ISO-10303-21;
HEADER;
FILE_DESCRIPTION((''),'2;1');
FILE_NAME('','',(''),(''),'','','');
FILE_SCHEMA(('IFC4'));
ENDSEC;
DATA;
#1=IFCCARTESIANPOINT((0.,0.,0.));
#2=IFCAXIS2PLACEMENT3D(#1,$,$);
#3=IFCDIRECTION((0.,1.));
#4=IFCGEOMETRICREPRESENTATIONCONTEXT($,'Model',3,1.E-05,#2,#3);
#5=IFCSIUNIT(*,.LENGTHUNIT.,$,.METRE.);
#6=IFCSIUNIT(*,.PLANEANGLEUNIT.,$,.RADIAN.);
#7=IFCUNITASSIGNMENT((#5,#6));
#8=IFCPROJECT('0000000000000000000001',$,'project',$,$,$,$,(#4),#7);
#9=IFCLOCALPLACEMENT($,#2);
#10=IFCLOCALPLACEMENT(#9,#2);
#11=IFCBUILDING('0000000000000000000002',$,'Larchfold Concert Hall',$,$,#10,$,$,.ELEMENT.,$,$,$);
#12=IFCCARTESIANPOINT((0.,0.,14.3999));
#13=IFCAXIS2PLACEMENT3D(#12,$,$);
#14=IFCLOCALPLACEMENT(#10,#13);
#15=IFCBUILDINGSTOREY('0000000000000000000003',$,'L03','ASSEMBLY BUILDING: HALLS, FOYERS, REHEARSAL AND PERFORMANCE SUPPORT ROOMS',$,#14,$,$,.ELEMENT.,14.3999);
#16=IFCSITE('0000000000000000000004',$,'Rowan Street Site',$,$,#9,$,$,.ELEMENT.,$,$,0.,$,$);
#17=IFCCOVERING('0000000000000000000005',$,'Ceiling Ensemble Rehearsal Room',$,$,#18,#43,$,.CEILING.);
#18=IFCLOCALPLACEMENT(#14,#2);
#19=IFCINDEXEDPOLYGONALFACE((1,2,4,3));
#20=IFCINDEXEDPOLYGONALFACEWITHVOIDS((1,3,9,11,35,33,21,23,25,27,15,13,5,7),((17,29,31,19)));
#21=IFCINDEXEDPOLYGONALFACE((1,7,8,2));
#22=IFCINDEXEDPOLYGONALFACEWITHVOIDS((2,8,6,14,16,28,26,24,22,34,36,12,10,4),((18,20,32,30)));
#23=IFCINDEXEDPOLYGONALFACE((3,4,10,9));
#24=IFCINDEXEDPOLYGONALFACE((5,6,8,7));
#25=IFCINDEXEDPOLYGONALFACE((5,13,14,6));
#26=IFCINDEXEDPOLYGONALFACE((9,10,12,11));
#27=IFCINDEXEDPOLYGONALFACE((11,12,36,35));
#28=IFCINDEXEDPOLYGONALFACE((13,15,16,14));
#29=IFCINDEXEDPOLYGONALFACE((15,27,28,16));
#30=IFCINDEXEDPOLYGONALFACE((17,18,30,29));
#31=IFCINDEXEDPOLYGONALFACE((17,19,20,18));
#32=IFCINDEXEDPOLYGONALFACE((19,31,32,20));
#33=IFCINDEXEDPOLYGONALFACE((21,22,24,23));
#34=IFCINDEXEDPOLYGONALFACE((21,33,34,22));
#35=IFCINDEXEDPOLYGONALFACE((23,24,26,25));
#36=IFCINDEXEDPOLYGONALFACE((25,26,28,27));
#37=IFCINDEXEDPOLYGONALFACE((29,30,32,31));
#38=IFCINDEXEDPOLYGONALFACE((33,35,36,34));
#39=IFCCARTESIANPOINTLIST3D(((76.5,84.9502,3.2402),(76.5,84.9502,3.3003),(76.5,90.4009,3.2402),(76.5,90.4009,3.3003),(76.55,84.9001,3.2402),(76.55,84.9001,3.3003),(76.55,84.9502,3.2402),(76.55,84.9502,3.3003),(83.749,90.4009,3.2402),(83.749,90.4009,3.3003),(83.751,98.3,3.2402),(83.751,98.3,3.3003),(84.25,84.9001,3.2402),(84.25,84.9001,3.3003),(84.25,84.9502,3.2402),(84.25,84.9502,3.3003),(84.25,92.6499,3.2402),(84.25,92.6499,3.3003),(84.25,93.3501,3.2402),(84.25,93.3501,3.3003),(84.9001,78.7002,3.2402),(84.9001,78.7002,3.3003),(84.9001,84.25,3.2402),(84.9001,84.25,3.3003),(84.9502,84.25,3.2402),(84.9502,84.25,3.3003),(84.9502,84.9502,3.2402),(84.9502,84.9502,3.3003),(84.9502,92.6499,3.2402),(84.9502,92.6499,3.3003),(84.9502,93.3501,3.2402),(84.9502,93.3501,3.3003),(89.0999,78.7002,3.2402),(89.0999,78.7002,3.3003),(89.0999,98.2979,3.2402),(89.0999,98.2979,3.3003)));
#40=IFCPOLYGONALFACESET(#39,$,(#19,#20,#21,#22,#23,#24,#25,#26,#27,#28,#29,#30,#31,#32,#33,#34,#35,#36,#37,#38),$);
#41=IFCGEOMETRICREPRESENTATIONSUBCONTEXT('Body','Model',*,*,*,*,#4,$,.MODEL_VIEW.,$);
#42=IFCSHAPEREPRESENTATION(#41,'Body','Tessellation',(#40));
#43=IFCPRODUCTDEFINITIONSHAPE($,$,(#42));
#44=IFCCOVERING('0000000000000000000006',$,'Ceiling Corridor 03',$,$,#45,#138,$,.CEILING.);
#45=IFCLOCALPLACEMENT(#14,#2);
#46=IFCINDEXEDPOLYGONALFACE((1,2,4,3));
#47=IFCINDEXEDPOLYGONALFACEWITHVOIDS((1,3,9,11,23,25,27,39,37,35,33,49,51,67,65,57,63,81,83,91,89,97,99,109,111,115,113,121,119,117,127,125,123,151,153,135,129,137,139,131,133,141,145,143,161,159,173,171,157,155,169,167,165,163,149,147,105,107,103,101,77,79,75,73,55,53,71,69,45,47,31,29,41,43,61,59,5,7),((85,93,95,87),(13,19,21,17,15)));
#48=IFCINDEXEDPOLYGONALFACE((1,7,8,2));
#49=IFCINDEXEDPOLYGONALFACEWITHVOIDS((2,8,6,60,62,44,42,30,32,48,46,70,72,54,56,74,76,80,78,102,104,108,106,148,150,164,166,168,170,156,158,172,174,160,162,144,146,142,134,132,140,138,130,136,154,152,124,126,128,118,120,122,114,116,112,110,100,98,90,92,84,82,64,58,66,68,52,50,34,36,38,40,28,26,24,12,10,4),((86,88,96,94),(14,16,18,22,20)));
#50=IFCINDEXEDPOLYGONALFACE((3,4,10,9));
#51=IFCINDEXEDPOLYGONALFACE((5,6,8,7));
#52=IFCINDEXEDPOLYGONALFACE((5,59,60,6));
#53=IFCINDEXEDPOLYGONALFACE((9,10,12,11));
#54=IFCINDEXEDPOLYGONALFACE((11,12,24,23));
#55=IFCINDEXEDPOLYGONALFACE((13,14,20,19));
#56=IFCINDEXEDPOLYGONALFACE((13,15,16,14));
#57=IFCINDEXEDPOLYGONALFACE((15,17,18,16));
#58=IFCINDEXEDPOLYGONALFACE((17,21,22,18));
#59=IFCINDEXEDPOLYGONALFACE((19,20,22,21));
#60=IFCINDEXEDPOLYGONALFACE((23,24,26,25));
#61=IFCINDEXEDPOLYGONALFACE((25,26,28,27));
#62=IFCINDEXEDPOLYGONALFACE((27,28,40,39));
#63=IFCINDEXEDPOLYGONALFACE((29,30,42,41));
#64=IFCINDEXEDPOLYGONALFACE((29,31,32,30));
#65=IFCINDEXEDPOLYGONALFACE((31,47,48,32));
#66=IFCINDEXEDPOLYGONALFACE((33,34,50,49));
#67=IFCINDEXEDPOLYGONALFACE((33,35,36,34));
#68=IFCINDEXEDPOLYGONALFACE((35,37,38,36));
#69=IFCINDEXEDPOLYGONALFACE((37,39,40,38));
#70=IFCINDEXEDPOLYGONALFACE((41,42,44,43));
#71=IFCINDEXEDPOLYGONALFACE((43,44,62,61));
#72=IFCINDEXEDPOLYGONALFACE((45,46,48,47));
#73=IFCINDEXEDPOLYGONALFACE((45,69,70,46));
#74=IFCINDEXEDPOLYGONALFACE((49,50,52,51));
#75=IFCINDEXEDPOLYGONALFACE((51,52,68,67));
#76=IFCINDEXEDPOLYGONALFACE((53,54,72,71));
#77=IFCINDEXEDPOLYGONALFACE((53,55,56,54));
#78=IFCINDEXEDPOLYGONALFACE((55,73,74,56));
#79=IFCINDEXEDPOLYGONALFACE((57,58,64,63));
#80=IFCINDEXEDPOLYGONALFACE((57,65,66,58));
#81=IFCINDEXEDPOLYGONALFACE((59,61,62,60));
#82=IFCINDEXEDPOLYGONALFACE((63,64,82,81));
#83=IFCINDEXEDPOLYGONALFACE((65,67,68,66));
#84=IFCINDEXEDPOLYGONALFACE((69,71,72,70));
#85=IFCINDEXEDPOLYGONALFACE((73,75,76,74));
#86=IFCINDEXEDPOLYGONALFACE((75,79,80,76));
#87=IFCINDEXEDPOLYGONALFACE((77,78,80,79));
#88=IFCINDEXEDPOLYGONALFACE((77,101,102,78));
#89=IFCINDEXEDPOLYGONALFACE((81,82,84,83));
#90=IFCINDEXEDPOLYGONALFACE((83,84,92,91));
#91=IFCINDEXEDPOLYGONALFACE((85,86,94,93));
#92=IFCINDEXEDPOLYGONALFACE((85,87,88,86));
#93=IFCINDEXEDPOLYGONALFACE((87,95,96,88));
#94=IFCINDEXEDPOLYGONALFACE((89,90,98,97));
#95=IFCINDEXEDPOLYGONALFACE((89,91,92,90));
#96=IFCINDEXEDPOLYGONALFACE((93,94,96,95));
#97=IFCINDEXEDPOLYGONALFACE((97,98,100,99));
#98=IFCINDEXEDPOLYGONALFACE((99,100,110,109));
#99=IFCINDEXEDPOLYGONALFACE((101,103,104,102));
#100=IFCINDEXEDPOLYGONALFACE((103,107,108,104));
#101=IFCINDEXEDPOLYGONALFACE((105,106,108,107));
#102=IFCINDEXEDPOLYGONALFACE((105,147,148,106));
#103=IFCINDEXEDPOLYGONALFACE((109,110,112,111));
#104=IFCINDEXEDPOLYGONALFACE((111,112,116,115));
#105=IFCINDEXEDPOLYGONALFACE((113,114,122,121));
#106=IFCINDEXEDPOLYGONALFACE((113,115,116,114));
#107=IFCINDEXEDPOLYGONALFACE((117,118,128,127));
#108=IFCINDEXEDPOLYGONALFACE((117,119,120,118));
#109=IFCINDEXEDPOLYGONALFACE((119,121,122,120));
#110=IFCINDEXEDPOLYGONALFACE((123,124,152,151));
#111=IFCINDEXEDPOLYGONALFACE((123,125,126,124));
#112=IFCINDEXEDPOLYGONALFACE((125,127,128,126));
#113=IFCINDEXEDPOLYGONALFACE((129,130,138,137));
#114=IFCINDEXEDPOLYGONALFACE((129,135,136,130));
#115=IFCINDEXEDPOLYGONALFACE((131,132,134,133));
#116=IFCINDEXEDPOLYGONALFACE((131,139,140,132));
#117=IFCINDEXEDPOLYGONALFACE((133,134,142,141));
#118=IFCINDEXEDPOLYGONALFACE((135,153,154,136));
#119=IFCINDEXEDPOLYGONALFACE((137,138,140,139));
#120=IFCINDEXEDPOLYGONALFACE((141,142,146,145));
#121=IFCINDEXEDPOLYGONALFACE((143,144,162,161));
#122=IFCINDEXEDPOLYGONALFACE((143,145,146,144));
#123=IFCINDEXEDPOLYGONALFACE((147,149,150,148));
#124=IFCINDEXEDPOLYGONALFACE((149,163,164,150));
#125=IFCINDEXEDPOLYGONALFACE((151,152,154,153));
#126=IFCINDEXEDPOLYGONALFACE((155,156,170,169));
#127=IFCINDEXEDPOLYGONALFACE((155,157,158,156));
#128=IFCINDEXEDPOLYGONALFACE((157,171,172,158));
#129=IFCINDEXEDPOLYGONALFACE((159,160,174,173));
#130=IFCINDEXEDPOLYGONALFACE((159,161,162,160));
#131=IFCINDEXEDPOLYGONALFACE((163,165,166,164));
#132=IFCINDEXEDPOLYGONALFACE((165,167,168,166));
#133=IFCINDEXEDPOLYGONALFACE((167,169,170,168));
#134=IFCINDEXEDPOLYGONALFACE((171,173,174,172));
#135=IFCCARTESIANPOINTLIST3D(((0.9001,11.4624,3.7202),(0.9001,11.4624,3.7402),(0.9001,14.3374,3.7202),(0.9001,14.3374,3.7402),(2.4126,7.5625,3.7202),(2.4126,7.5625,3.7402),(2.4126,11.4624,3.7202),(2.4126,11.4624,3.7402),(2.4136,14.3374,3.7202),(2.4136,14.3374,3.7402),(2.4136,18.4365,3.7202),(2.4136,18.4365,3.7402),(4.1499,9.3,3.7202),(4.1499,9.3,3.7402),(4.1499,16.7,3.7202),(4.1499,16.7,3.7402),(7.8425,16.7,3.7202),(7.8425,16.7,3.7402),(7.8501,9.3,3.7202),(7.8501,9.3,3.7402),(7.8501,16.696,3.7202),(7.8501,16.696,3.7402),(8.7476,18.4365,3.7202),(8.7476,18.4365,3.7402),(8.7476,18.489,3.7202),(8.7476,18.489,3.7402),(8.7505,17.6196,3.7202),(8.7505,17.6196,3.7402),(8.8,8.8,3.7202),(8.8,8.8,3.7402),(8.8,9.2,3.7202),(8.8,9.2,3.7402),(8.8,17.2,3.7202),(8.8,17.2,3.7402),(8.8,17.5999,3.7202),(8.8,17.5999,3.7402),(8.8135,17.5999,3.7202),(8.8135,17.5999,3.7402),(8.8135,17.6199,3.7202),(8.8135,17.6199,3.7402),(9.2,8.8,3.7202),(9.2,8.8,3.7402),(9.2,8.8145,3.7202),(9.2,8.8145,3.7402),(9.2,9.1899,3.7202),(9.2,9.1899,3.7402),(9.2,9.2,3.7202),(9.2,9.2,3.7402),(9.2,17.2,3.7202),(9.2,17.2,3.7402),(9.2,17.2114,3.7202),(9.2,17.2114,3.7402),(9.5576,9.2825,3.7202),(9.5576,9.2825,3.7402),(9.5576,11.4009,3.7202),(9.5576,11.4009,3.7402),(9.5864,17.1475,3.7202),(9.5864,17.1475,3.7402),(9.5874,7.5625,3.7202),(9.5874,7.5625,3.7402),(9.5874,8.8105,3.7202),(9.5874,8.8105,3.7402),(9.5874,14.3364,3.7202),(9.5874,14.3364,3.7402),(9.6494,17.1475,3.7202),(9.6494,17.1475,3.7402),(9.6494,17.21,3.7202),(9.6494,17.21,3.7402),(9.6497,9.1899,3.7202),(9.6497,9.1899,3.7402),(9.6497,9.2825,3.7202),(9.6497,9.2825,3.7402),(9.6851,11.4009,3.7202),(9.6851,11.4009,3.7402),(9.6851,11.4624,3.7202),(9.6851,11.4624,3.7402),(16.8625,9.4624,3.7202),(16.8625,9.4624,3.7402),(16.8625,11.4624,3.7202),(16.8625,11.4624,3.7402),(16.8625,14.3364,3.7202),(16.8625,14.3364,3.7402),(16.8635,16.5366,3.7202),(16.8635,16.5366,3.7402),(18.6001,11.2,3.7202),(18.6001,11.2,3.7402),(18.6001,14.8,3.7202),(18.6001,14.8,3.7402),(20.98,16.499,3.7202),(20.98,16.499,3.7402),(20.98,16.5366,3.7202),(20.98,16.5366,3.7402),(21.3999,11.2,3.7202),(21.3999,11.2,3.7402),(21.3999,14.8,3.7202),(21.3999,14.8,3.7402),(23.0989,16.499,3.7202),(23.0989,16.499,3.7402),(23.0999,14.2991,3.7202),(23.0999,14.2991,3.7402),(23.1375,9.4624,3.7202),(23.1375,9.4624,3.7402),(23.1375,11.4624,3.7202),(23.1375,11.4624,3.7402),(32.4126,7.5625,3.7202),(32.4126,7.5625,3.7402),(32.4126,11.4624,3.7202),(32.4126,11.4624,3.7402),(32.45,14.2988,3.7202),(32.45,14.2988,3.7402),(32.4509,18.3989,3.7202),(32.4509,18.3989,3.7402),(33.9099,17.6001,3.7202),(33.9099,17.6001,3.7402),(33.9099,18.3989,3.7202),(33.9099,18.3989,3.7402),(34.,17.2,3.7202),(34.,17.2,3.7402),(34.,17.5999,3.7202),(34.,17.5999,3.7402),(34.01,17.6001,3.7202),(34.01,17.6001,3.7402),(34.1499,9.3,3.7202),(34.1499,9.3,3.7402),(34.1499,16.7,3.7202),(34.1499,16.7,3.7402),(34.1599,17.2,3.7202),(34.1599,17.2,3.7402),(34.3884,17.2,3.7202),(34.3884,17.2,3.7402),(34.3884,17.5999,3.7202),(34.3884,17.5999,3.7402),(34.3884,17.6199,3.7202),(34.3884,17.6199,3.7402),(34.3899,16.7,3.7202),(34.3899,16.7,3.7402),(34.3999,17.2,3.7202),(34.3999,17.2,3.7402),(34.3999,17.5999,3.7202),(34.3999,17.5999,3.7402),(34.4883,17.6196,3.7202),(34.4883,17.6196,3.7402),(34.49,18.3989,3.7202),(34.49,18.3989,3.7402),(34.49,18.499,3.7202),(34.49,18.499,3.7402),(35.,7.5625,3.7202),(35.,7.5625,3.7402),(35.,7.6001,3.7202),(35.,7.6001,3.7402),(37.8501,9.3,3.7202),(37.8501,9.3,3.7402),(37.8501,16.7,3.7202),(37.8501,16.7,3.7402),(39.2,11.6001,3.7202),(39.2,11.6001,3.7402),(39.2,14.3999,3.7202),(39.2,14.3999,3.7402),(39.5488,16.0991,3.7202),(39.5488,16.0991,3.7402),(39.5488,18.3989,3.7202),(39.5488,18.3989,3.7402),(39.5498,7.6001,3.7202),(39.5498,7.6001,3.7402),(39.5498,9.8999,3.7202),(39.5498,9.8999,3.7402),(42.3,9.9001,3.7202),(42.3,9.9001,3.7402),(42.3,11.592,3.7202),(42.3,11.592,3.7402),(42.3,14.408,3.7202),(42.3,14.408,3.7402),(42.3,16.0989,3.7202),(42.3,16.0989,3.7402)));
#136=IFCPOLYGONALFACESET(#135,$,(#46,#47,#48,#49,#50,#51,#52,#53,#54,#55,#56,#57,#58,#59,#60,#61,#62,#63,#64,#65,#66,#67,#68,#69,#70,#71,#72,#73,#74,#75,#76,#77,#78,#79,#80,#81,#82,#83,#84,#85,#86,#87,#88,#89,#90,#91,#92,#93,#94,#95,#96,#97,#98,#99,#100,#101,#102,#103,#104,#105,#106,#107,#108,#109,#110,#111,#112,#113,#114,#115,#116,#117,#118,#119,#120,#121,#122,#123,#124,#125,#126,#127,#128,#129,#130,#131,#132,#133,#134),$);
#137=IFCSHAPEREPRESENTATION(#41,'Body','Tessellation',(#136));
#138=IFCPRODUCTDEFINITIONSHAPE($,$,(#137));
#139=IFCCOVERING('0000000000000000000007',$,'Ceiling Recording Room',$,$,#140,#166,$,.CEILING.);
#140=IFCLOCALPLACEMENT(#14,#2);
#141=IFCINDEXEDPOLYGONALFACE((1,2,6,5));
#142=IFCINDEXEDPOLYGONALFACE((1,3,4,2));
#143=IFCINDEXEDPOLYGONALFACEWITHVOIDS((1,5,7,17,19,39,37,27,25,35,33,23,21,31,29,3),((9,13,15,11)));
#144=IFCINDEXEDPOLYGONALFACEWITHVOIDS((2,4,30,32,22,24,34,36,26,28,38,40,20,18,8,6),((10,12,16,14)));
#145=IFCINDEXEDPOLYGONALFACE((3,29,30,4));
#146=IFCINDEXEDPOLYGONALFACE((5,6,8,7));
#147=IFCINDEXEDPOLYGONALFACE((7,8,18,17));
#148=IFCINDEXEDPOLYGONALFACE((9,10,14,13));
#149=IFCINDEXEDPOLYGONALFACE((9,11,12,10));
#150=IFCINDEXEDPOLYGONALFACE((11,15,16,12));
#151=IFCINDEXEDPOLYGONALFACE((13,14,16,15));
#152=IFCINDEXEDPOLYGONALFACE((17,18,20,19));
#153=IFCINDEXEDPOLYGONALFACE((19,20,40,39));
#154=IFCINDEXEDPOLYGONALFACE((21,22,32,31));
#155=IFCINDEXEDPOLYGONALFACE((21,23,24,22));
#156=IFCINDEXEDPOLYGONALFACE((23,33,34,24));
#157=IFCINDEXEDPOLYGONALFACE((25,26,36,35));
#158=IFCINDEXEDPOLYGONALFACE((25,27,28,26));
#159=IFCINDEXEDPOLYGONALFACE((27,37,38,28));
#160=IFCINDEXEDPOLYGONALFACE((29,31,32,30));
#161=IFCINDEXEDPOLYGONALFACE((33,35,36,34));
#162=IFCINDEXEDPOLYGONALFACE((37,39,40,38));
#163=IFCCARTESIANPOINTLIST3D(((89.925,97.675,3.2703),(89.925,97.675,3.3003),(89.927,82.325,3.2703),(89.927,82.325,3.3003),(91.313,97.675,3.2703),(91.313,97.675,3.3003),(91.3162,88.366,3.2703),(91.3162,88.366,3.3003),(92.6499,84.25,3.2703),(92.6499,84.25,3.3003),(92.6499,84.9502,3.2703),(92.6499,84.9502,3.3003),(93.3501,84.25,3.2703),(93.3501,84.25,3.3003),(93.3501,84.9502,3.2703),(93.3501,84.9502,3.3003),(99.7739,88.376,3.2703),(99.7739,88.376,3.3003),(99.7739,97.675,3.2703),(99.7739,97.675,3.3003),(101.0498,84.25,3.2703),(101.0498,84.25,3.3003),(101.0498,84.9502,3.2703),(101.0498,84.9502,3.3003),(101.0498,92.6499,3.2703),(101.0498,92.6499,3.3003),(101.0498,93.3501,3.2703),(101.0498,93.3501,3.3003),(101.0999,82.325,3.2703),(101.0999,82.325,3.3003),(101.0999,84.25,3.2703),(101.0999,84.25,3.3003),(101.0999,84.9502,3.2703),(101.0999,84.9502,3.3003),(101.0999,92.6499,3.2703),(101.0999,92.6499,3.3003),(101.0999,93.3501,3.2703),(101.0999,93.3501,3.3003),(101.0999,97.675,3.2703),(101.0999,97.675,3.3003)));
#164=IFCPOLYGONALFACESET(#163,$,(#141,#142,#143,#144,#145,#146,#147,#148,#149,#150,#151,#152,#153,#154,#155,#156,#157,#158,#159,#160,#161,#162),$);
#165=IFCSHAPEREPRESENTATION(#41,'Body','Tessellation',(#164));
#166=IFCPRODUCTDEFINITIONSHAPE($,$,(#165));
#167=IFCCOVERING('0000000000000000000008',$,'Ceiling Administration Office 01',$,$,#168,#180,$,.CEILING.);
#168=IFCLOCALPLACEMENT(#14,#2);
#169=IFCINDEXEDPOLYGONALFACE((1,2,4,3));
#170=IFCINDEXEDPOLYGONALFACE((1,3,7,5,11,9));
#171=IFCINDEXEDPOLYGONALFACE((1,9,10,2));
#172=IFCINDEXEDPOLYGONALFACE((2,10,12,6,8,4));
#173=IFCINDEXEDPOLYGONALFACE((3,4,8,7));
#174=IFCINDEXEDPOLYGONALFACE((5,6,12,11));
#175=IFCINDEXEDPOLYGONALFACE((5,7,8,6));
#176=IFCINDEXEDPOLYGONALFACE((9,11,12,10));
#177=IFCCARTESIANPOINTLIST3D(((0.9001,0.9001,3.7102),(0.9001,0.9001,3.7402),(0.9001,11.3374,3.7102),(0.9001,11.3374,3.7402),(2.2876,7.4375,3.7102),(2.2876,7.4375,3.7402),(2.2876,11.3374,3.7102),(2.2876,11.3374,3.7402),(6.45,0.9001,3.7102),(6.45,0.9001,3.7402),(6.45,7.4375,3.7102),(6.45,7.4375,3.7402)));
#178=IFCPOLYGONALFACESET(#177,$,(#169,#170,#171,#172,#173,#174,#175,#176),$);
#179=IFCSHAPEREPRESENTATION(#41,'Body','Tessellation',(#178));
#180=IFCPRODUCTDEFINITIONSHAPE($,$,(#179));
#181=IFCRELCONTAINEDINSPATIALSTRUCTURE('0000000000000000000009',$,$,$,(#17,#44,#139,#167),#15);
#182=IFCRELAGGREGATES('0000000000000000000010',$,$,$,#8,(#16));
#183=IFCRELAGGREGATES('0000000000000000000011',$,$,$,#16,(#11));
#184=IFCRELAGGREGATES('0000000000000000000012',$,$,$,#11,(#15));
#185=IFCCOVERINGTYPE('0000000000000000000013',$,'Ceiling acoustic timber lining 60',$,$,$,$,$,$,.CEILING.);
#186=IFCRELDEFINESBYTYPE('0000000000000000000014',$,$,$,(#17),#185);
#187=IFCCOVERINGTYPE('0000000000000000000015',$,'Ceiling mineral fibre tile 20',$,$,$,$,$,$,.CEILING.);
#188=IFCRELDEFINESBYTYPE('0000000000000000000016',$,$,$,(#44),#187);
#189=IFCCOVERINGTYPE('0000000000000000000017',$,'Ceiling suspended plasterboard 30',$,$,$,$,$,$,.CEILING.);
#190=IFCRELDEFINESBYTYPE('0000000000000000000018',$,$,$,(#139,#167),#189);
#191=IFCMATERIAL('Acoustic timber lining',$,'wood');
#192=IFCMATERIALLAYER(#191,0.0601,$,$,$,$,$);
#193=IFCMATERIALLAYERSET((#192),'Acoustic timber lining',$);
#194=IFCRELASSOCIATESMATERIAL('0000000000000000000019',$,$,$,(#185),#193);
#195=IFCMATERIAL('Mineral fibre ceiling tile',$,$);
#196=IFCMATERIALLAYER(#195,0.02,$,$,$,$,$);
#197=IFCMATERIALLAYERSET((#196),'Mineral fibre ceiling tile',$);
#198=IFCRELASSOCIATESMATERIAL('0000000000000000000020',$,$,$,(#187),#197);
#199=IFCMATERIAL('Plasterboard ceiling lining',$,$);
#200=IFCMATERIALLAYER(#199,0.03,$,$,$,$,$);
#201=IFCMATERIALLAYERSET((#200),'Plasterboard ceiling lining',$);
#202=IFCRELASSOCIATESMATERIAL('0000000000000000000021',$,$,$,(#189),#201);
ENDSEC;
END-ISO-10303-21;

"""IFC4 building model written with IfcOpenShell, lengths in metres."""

from ifc_helpers import new_model, si_unit, direction, frame, origin, place, context, subcontext, project, spatial, polyline, outline, extrude, material, layer, layer_set, type_object, element, save


model = new_model("IFC4")

# Units and contexts
model_context = context("Model", 3, precision=1e-05, world=origin(), true_north=direction((0.0, 1.0)))
body_context = subcontext(model_context, "Body", "Model", "MODEL_VIEW")
ifc_project = project(units=[si_unit("LENGTHUNIT", "METRE"), si_unit("PLANEANGLEUNIT", "RADIAN")], contexts=[model_context])

# Site, building, storey
site_placement = place(None, origin())
site = spatial("IfcSite", under=ifc_project, at=site_placement, Name="Rowan Street Site", CompositionType="ELEMENT", RefElevation=0.0)
building_placement = place(site_placement, origin())
building = spatial("IfcBuilding", under=site, at=building_placement, Name="Larchfold Concert Hall", CompositionType="ELEMENT")
storey_placement = place(building_placement, frame((0.0, 0.0, 14.3999)))
storey = spatial("IfcBuildingStorey", under=building, at=storey_placement, Name="L03", Description="ASSEMBLY BUILDING: HALLS, FOYERS, REHEARSAL AND PERFORMANCE SUPPORT ROOMS", CompositionType="ELEMENT", Elevation=14.3999)

# Coverings
ifc_material_1 = material(Name="Acoustic timber lining", Category="wood")
ifc_layer_1 = layer(ifc_material_1, 0.0601)
ifc_layer_set_1 = layer_set([ifc_layer_1], Name="Acoustic timber lining")
covering_type_1 = type_object("IfcCoveringType", Name="Ceiling acoustic timber lining 60", PredefinedType="CEILING", material=ifc_layer_set_1)
covering_1_placement = place(storey_placement, frame((0.0, 0.0, 3.2402)))
element("IfcCovering", 1, at=covering_1_placement, inside=storey, type_object=covering_type_1, Name="Ceiling Ensemble Rehearsal Room", PredefinedType="CEILING", context=body_context, shape_type="SweptSolid", body=[
    extrude(outline(polyline([(83.751, 98.3), (83.749, 90.4009), (76.5, 90.4009), (76.5, 84.9502), (76.55, 84.9502), (76.55, 84.9001), (84.25, 84.9001), (84.25, 84.9502), (84.9502, 84.9502), (84.9502, 84.25), (84.9001, 84.25), (84.9001, 78.7002), (89.0999, 78.7002), (89.0999, 98.2979), (83.751, 98.3)]), holes=[polyline([(84.25, 92.6499), (84.25, 93.3501), (84.9502, 93.3501), (84.9502, 92.6499), (84.25, 92.6499)])]), origin(), (0.0, 0.0, 1.0), 0.0601),
])
ifc_material_2 = material(Name="Mineral fibre ceiling tile")
ifc_layer_2 = layer(ifc_material_2, 0.02)
ifc_layer_set_2 = layer_set([ifc_layer_2], Name="Mineral fibre ceiling tile")
covering_type_2 = type_object("IfcCoveringType", Name="Ceiling mineral fibre tile 20", PredefinedType="CEILING", material=ifc_layer_set_2)
covering_2_placement = place(storey_placement, frame((0.0, 0.0, 3.7202)))
element("IfcCovering", 2, at=covering_2_placement, inside=storey, type_object=covering_type_2, Name="Ceiling Corridor 03", PredefinedType="CEILING", context=body_context, shape_type="SweptSolid", body=[
    extrude(outline(polyline([(8.7476, 18.489), (8.7476, 18.4365), (2.4136, 18.4365), (2.4136, 14.3374), (0.9001, 14.3374), (0.9001, 11.4624), (2.4126, 11.4624), (2.4126, 7.5625), (9.5874, 7.5625), (9.5874, 8.8105), (9.2, 8.8145), (9.2, 8.8), (8.8, 8.8), (8.8, 9.2), (9.2, 9.2), (9.2, 9.1899), (9.6497, 9.1899), (9.6497, 9.2825), (9.5576, 9.2825), (9.5576, 11.4009), (9.6851, 11.4009), (9.6851, 11.4624), (16.8625, 11.4624), (16.8625, 9.4624), (23.1375, 9.4624), (23.1375, 11.4624), (32.4126, 11.4624), (32.4126, 7.5625), (35.0, 7.5625), (35.0, 7.6001), (39.5498, 7.6001), (39.5498, 9.8999), (42.3, 9.9001), (42.3, 11.592), (39.2, 11.6001), (39.2, 14.3999), (42.3, 14.408), (42.3, 16.0989), (39.5488, 16.0991), (39.5488, 18.3989), (34.49, 18.3989), (34.49, 18.499), (34.4883, 17.6196), (34.3884, 17.6199), (34.3884, 17.5999), (34.3999, 17.5999), (34.3999, 17.2), (34.3884, 17.2), (34.3899, 16.7), (37.8501, 16.7), (37.8501, 9.3), (34.1499, 9.3), (34.1499, 16.7), (34.1599, 17.2), (34.0, 17.2), (34.0, 17.5999), (34.01, 17.6001), (33.9099, 17.6001), (33.9099, 18.3989), (32.4509, 18.3989), (32.45, 14.2988), (23.0999, 14.2991), (23.0989, 16.499), (20.98, 16.499), (20.98, 16.5366), (16.8635, 16.5366), (16.8635, 16.5991), (16.8625, 14.3364), (9.5874, 14.3364), (9.5864, 17.1475), (9.6494, 17.1475), (9.6494, 17.21), (9.2, 17.2114), (9.2, 17.2), (8.8, 17.2), (8.8, 17.5999), (8.8135, 17.5999), (8.8135, 17.6199), (8.7505, 17.6196), (8.7476, 18.489)]), holes=[polyline([(21.3999, 11.2), (18.6001, 11.2), (18.6001, 14.8), (21.3999, 14.8), (21.3999, 11.2)]), polyline([(7.8501, 9.3), (4.1499, 9.3), (4.1499, 16.7), (7.8425, 16.7), (7.8501, 16.696), (7.8501, 9.3)])]), origin(), (0.0, 0.0, 1.0), 0.02),
])
ifc_material_3 = material(Name="Plasterboard ceiling lining")
ifc_layer_3 = layer(ifc_material_3, 0.03)
ifc_layer_set_3 = layer_set([ifc_layer_3], Name="Plasterboard ceiling lining")
covering_type_3 = type_object("IfcCoveringType", Name="Ceiling suspended plasterboard 30", PredefinedType="CEILING", material=ifc_layer_set_3)
covering_3_placement = place(storey_placement, frame((0.0, 0.0, 3.2703)))
element("IfcCovering", 3, at=covering_3_placement, inside=storey, type_object=covering_type_3, Name="Ceiling Recording Room", PredefinedType="CEILING", context=body_context, shape_type="SweptSolid", body=[
    extrude(outline(polyline([(89.927, 82.2), (89.927, 82.325), (101.0999, 82.325), (101.0999, 84.25), (101.0498, 84.25), (101.0498, 84.9502), (101.0999, 84.9502), (101.0999, 92.6499), (101.0498, 92.6499), (101.0498, 93.3501), (101.0999, 93.3501), (101.0999, 97.675), (99.7739, 97.675), (99.7739, 88.376), (91.3162, 88.366), (91.313, 97.8), (91.313, 97.675), (89.925, 97.675), (89.927, 82.2)]), holes=[polyline([(93.3501, 84.9502), (93.3501, 84.25), (92.6499, 84.25), (92.6499, 84.9502), (93.3501, 84.9502)])]), origin(), (0.0, 0.0, 1.0), 0.03),
])
covering_4_placement = place(storey_placement, frame((0.0, 0.0, 3.7102)))
element("IfcCovering", 4, at=covering_4_placement, inside=storey, type_object=covering_type_3, Name="Ceiling Administration Office 01", PredefinedType="CEILING", context=body_context, shape_type="SweptSolid", body=[
    extrude(outline(polyline([(0.9001, 0.9001), (6.45, 0.9001), (6.45, 7.4375), (2.2876, 7.4375), (2.2876, 11.3374), (0.9001, 11.3374), (0.9001, 0.9001)])), origin(), (0.0, 0.0, 1.0), 0.03),
])

save(model, "model.ifc")
